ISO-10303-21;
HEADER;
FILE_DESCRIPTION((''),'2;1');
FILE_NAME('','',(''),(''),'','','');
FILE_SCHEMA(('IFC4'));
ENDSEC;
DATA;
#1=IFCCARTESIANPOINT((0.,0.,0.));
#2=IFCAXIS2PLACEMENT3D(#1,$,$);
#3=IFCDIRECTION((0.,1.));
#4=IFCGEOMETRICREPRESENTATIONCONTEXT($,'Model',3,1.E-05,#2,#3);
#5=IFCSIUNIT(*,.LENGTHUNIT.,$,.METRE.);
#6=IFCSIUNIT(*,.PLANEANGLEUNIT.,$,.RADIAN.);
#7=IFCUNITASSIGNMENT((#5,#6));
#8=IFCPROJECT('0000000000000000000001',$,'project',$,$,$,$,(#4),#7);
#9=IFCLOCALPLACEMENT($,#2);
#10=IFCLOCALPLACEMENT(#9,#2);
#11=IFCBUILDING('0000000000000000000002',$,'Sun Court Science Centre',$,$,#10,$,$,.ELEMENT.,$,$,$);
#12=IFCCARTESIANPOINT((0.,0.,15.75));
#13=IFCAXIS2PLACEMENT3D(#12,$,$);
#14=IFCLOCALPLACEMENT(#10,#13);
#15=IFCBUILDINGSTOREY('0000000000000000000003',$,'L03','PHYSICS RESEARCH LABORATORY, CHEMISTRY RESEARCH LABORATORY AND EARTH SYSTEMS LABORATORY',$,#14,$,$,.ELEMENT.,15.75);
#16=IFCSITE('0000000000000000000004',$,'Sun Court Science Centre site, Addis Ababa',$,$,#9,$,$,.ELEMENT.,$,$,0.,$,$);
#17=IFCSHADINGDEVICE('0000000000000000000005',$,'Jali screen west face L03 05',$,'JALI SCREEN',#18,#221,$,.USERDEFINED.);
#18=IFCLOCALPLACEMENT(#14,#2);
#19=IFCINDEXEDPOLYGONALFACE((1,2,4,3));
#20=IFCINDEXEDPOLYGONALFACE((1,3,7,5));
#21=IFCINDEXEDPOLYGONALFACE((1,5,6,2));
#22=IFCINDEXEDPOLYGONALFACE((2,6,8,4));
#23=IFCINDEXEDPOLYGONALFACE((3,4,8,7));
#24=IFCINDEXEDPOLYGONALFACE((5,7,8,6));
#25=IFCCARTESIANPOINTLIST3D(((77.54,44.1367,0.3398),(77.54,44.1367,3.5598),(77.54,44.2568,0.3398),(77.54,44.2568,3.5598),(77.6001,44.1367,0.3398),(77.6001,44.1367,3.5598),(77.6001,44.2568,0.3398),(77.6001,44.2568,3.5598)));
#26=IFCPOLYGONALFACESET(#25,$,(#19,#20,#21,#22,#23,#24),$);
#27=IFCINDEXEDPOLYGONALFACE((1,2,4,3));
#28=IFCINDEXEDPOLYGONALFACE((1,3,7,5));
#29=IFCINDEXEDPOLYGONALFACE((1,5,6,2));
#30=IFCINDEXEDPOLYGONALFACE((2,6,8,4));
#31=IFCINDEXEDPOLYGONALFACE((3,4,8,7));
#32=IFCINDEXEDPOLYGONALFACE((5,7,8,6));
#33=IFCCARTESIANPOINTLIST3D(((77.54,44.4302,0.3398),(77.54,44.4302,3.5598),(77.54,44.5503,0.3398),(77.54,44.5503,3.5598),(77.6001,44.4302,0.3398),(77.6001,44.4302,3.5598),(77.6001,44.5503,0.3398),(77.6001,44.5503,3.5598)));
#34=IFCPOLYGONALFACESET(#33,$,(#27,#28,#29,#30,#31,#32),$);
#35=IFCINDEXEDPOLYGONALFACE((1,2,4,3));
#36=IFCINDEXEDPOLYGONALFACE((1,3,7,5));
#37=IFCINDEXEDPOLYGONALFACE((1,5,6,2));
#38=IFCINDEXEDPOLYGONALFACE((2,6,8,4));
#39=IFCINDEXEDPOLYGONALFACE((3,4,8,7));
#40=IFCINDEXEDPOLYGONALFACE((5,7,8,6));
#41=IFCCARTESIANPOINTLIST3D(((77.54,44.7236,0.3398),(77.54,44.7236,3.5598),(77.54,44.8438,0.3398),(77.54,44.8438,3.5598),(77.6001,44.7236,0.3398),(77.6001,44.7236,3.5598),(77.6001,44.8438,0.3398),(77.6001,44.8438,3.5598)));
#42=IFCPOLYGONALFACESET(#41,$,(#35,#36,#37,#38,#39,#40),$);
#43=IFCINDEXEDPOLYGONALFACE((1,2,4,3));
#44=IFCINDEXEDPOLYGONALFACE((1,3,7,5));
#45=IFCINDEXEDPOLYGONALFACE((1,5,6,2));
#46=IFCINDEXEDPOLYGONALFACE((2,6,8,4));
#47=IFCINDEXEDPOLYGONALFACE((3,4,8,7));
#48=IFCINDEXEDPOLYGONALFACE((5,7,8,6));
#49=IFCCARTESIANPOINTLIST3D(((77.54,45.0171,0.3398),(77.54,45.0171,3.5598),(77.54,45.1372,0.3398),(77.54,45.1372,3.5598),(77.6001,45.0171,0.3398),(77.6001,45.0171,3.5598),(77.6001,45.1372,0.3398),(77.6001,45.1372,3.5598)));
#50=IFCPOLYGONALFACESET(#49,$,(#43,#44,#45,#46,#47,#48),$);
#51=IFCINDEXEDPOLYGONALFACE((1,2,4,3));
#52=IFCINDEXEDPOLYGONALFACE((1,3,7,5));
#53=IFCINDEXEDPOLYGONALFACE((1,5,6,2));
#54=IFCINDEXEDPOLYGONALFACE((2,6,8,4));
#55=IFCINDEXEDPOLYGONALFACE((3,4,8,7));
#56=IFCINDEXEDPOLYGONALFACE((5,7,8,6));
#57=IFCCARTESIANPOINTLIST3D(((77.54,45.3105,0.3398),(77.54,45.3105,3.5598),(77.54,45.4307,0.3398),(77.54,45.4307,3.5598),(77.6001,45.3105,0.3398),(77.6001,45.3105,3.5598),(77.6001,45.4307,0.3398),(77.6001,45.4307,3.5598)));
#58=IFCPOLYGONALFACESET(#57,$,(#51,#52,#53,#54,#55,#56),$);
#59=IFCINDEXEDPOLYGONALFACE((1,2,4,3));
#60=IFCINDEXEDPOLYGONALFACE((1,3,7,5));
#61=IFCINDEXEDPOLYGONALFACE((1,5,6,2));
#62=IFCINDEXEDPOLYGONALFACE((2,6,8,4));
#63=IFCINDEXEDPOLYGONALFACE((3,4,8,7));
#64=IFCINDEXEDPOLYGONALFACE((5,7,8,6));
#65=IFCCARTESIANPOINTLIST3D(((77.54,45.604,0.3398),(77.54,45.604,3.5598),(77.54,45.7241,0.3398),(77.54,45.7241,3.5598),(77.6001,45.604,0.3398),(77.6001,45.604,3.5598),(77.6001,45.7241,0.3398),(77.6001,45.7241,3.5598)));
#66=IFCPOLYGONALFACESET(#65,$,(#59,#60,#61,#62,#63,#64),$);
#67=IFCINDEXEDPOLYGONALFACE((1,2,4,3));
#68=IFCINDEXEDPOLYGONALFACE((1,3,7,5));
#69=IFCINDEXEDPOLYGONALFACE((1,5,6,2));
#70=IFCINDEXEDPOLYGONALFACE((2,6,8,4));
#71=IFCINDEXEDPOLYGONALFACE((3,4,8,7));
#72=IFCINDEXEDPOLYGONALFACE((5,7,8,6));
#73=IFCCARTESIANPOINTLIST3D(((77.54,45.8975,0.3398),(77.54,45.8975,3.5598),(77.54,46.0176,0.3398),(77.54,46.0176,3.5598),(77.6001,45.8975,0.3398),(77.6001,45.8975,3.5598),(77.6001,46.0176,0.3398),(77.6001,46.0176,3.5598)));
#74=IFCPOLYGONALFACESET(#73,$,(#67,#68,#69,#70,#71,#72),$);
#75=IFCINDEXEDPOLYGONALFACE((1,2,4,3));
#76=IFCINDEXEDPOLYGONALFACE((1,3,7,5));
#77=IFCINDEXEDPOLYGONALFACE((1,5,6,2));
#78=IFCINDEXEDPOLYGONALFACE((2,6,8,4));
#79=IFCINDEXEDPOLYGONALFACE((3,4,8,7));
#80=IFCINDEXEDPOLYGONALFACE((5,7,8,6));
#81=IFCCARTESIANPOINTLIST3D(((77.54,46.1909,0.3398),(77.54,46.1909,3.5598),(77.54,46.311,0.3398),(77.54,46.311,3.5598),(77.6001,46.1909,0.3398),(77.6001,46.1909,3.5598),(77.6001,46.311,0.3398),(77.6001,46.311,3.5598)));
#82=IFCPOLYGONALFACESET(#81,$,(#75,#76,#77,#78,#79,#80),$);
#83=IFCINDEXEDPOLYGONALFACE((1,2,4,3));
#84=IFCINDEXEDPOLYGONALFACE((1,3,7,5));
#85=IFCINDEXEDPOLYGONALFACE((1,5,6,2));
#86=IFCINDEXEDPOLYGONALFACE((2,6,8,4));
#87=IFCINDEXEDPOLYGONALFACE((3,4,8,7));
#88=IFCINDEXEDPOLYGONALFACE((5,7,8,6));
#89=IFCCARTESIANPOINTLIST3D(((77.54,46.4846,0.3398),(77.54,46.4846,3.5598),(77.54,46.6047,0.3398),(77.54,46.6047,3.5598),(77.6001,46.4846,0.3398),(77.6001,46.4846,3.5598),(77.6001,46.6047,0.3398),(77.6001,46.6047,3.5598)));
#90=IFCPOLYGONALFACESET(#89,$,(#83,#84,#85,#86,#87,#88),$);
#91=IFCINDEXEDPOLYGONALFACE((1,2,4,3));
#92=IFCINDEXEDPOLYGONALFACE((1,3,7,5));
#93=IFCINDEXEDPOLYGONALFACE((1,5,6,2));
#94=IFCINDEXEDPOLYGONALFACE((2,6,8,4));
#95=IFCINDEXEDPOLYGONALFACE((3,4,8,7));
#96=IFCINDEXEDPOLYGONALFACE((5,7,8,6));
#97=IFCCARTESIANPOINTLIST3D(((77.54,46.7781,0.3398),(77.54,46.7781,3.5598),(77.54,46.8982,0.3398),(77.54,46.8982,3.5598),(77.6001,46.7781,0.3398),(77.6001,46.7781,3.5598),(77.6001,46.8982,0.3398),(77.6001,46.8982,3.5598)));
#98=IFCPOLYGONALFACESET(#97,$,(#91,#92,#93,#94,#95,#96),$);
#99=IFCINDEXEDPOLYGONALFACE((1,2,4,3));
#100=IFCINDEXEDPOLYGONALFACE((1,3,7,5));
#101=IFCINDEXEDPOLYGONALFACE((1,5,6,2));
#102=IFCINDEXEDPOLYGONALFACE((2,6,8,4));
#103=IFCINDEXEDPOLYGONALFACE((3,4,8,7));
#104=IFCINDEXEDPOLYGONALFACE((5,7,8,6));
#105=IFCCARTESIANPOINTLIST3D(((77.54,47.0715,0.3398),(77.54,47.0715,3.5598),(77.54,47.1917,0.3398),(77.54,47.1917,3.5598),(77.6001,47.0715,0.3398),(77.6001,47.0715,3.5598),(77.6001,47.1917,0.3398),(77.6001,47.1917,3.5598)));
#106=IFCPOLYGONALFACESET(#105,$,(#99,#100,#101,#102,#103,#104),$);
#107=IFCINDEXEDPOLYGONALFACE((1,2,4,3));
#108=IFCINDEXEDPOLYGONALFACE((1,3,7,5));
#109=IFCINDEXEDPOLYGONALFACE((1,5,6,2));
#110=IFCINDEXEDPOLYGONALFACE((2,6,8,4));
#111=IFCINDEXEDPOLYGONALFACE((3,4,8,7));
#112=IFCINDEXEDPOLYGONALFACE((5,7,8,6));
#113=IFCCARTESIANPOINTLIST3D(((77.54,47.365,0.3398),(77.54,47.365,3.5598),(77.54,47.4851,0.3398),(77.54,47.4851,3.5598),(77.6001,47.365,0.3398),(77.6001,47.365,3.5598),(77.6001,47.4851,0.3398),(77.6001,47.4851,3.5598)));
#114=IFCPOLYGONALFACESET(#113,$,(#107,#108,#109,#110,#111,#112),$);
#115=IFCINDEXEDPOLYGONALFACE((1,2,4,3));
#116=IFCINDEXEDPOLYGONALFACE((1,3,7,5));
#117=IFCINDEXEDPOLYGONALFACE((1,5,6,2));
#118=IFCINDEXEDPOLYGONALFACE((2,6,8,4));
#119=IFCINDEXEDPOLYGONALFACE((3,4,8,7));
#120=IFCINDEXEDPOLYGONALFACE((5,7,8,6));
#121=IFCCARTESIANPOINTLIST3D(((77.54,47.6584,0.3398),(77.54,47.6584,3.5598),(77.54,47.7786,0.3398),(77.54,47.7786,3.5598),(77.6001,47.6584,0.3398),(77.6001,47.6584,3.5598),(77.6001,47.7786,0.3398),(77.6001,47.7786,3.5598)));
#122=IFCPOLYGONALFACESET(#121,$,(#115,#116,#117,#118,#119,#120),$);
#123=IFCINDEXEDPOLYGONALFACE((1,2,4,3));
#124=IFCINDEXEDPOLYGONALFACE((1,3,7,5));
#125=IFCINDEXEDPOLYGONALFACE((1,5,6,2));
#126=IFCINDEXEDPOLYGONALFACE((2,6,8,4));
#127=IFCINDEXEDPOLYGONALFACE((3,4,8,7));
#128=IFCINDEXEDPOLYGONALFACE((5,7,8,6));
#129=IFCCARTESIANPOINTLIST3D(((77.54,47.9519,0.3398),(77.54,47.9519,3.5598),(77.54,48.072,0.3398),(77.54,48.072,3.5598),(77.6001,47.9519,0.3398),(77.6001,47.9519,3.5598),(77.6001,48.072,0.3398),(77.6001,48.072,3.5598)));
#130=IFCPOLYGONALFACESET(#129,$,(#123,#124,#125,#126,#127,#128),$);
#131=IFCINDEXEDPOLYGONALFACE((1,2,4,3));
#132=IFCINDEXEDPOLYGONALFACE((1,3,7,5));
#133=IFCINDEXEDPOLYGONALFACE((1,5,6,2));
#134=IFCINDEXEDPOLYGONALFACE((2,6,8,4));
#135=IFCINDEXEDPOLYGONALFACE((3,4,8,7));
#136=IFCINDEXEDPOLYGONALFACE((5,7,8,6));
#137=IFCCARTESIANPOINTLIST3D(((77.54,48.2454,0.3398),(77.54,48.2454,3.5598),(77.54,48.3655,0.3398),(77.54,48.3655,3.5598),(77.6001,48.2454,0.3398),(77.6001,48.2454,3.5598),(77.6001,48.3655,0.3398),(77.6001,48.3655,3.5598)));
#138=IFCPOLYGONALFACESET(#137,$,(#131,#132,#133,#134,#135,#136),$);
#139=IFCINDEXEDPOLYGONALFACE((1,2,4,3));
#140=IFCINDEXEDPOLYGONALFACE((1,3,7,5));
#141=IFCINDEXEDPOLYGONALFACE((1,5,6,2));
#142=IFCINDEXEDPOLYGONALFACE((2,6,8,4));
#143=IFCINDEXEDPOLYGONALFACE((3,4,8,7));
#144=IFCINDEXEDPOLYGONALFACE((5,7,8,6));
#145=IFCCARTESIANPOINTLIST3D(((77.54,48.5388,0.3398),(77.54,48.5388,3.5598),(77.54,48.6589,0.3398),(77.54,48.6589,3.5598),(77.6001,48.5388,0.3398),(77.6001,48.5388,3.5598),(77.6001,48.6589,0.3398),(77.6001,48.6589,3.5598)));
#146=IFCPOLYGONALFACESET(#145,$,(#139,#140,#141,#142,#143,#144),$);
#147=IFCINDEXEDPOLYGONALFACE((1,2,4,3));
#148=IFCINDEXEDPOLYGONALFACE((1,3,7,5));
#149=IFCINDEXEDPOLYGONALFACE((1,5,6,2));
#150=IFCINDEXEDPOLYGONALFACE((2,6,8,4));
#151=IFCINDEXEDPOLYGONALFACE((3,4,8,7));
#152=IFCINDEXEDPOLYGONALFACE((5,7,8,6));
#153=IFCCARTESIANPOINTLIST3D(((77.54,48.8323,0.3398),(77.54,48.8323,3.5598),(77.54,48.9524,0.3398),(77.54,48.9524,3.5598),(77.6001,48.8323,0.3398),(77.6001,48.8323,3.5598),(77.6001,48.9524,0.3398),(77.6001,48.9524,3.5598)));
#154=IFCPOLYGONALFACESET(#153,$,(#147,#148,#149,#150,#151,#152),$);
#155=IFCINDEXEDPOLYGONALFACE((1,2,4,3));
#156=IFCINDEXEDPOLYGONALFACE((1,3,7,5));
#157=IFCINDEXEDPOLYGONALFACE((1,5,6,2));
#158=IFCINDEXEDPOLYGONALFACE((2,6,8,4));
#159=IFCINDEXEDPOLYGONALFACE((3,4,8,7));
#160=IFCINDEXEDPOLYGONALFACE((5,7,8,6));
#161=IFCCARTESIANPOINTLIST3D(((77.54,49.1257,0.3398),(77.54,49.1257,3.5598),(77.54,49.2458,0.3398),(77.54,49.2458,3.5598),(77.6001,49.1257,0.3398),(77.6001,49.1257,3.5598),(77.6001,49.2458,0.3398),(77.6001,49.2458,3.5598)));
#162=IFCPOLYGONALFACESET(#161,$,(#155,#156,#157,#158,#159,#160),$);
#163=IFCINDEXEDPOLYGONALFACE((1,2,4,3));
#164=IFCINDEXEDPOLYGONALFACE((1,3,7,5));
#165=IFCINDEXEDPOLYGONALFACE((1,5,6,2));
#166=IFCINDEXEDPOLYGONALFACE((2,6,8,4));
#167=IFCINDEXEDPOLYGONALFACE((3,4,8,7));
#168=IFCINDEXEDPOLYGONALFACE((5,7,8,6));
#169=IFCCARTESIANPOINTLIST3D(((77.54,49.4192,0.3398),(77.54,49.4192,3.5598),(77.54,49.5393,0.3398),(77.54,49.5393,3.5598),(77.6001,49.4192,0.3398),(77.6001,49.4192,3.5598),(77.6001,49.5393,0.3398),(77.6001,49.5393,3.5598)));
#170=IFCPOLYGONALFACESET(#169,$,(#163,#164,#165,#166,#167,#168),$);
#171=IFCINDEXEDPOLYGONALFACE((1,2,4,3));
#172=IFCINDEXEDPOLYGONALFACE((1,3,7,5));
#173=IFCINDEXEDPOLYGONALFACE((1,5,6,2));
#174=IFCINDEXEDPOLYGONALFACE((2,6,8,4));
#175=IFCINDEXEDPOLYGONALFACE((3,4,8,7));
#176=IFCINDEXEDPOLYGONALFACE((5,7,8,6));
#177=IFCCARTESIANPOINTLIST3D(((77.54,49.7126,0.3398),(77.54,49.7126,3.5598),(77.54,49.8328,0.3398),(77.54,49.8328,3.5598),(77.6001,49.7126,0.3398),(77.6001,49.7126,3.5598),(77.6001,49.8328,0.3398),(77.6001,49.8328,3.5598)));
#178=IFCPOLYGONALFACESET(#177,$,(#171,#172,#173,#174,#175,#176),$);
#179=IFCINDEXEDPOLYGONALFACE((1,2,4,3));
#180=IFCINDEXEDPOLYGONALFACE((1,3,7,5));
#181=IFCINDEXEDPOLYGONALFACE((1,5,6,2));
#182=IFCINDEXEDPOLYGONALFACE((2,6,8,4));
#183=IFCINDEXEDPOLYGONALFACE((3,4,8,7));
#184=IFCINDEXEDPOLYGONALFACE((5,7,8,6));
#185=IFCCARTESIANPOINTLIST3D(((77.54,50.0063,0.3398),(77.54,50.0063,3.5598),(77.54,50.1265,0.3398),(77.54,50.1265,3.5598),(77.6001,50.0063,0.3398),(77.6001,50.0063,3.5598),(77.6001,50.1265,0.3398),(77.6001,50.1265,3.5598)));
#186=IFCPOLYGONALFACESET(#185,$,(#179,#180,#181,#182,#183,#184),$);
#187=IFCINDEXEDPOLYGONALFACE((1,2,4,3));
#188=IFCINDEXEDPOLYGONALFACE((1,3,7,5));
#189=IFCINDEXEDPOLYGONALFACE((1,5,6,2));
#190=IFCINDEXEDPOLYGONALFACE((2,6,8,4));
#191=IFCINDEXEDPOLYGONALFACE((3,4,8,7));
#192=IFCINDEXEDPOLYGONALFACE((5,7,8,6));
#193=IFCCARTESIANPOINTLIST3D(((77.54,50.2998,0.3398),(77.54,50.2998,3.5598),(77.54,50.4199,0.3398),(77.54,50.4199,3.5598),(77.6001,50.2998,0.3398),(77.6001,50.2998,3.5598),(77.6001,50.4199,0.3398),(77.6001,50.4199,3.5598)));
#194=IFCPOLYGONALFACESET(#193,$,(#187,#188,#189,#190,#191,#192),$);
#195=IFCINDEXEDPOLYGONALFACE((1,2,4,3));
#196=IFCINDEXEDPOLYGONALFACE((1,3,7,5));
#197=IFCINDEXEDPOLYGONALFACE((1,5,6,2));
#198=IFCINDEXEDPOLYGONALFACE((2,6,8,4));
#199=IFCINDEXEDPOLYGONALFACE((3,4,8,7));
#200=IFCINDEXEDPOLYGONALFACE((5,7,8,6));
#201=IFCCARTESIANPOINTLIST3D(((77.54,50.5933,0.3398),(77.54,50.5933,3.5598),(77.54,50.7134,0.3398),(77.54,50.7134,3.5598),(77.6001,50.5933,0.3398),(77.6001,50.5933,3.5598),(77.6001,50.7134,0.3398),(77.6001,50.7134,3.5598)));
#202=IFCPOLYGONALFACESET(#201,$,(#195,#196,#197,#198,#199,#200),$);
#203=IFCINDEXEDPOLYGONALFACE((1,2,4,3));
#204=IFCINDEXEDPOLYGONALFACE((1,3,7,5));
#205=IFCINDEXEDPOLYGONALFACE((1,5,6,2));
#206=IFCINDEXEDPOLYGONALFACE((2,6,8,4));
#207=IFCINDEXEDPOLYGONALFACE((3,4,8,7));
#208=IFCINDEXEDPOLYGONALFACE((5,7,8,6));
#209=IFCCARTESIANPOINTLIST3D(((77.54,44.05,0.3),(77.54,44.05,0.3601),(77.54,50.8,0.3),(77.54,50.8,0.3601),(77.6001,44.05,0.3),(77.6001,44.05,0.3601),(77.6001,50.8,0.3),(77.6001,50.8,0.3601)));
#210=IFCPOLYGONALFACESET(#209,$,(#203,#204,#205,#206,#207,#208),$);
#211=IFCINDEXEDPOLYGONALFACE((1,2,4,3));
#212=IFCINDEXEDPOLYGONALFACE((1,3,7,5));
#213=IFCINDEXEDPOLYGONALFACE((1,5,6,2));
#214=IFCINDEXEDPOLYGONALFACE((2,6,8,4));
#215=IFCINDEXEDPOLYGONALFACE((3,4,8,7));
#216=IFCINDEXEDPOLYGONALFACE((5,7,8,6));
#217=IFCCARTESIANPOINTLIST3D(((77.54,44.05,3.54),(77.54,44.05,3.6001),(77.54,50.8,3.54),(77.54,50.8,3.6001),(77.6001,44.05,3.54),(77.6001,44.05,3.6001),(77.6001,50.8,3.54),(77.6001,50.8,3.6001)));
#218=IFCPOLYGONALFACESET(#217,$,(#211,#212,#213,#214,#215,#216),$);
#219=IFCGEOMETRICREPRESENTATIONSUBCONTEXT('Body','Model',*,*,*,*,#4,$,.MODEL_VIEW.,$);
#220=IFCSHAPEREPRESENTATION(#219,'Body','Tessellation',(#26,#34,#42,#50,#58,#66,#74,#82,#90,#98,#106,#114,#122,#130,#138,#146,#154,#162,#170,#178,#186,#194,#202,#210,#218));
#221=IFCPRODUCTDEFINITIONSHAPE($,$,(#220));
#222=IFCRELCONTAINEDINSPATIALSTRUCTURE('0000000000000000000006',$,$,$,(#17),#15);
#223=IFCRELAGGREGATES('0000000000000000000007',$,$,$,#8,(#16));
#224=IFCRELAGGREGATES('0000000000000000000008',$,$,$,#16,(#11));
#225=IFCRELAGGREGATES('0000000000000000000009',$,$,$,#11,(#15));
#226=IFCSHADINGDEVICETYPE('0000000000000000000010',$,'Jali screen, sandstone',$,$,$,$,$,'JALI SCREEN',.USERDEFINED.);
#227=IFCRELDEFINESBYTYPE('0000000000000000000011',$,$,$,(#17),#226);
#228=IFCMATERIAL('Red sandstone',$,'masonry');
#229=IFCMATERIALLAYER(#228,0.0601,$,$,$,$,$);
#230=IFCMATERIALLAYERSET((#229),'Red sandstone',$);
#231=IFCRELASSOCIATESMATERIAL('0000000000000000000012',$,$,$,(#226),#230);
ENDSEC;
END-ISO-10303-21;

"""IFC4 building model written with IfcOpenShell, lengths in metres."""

from ifc_helpers import new_model, si_unit, direction, frame, origin, origin_2d, place, context, subcontext, project, spatial, rectangle, extrude, material, layer, layer_set, type_object, element, save


model = new_model("IFC4")

# Units and contexts
model_context = context("Model", 3, precision=1e-05, world=origin(), true_north=direction((0.0, 1.0)))
body_context = subcontext(model_context, "Body", "Model", "MODEL_VIEW")
ifc_project = project(units=[si_unit("LENGTHUNIT", "METRE"), si_unit("PLANEANGLEUNIT", "RADIAN")], contexts=[model_context])

# Site, building, storey
site_placement = place(None, origin())
site = spatial("IfcSite", under=ifc_project, at=site_placement, Name="Sun Court Science Centre site, Addis Ababa", CompositionType="ELEMENT", RefElevation=0.0)
building_placement = place(site_placement, origin())
building = spatial("IfcBuilding", under=site, at=building_placement, Name="Sun Court Science Centre", CompositionType="ELEMENT")
storey_placement = place(building_placement, frame((0.0, 0.0, 15.75)))
storey = spatial("IfcBuildingStorey", under=building, at=storey_placement, Name="L03", Description="PHYSICS RESEARCH LABORATORY, CHEMISTRY RESEARCH LABORATORY AND EARTH SYSTEMS LABORATORY", CompositionType="ELEMENT", Elevation=15.75)

# Shading device
ifc_material_1 = material(Name="Red sandstone", Category="masonry")
ifc_layer_1 = layer(ifc_material_1, 0.0601)
ifc_layer_set_1 = layer_set([ifc_layer_1], Name="Red sandstone")
shading_device_type = type_object("IfcShadingDeviceType", Name="Jali screen, sandstone", ElementType="JALI SCREEN", PredefinedType="USERDEFINED", material=ifc_layer_set_1)
shading_device_1_placement = place(storey_placement, frame((0.0, 0.0, -15.75)))
element("IfcShadingDevice", 1, at=shading_device_1_placement, inside=storey, type_object=shading_device_type, Name="Jali screen west face L03 05", ObjectType="JALI SCREEN", PredefinedType="USERDEFINED", context=body_context, shape_type="SweptSolid", body=[
    extrude(rectangle(XDim=0.1201, YDim=0.0601, at=origin_2d()), frame((77.5701, 44.1968, 16.0898), z_axis=(0.0, 0.0, 1.0), x_axis=(0.0, 1.0, 0.0)), (0.0, 0.0, 1.0), 3.22),
    extrude(rectangle(XDim=0.1201, YDim=0.0601, at=origin_2d()), frame((77.5701, 44.4902, 16.0898), z_axis=(0.0, 0.0, 1.0), x_axis=(0.0, 1.0, 0.0)), (0.0, 0.0, 1.0), 3.22),
    extrude(rectangle(XDim=0.1201, YDim=0.0601, at=origin_2d()), frame((77.5701, 44.7837, 16.0898), z_axis=(0.0, 0.0, 1.0), x_axis=(0.0, 1.0, 0.0)), (0.0, 0.0, 1.0), 3.22),
    extrude(rectangle(XDim=0.1201, YDim=0.0601, at=origin_2d()), frame((77.5701, 45.0771, 16.0898), z_axis=(0.0, 0.0, 1.0), x_axis=(0.0, 1.0, 0.0)), (0.0, 0.0, 1.0), 3.22),
    extrude(rectangle(XDim=0.1201, YDim=0.0601, at=origin_2d()), frame((77.5701, 45.3706, 16.0898), z_axis=(0.0, 0.0, 1.0), x_axis=(0.0, 1.0, 0.0)), (0.0, 0.0, 1.0), 3.22),
    extrude(rectangle(XDim=0.1201, YDim=0.0601, at=origin_2d()), frame((77.5701, 45.6641, 16.0898), z_axis=(0.0, 0.0, 1.0), x_axis=(0.0, 1.0, 0.0)), (0.0, 0.0, 1.0), 3.22),
    extrude(rectangle(XDim=0.1201, YDim=0.0601, at=origin_2d()), frame((77.5701, 45.9575, 16.0898), z_axis=(0.0, 0.0, 1.0), x_axis=(0.0, 1.0, 0.0)), (0.0, 0.0, 1.0), 3.22),
    extrude(rectangle(XDim=0.1201, YDim=0.0601, at=origin_2d()), frame((77.5701, 46.251, 16.0898), z_axis=(0.0, 0.0, 1.0), x_axis=(0.0, 1.0, 0.0)), (0.0, 0.0, 1.0), 3.22),
    extrude(rectangle(XDim=0.1201, YDim=0.0601, at=origin_2d()), frame((77.5701, 46.5447, 16.0898), z_axis=(0.0, 0.0, 1.0), x_axis=(0.0, 1.0, 0.0)), (0.0, 0.0, 1.0), 3.22),
    extrude(rectangle(XDim=0.1201, YDim=0.0601, at=origin_2d()), frame((77.5701, 46.8381, 16.0898), z_axis=(0.0, 0.0, 1.0), x_axis=(0.0, 1.0, 0.0)), (0.0, 0.0, 1.0), 3.22),
    extrude(rectangle(XDim=0.1201, YDim=0.0601, at=origin_2d()), frame((77.5701, 47.1316, 16.0898), z_axis=(0.0, 0.0, 1.0), x_axis=(0.0, 1.0, 0.0)), (0.0, 0.0, 1.0), 3.22),
    extrude(rectangle(XDim=0.1201, YDim=0.0601, at=origin_2d()), frame((77.5701, 47.425, 16.0898), z_axis=(0.0, 0.0, 1.0), x_axis=(0.0, 1.0, 0.0)), (0.0, 0.0, 1.0), 3.22),
    extrude(rectangle(XDim=0.1201, YDim=0.0601, at=origin_2d()), frame((77.5701, 47.7185, 16.0898), z_axis=(0.0, 0.0, 1.0), x_axis=(0.0, 1.0, 0.0)), (0.0, 0.0, 1.0), 3.22),
    extrude(rectangle(XDim=0.1201, YDim=0.0601, at=origin_2d()), frame((77.5701, 48.012, 16.0898), z_axis=(0.0, 0.0, 1.0), x_axis=(0.0, 1.0, 0.0)), (0.0, 0.0, 1.0), 3.22),
    extrude(rectangle(XDim=0.1201, YDim=0.0601, at=origin_2d()), frame((77.5701, 48.3054, 16.0898), z_axis=(0.0, 0.0, 1.0), x_axis=(0.0, 1.0, 0.0)), (0.0, 0.0, 1.0), 3.22),
    extrude(rectangle(XDim=0.1201, YDim=0.0601, at=origin_2d()), frame((77.5701, 48.5989, 16.0898), z_axis=(0.0, 0.0, 1.0), x_axis=(0.0, 1.0, 0.0)), (0.0, 0.0, 1.0), 3.22),
    extrude(rectangle(XDim=0.1201, YDim=0.0601, at=origin_2d()), frame((77.5701, 48.8923, 16.0898), z_axis=(0.0, 0.0, 1.0), x_axis=(0.0, 1.0, 0.0)), (0.0, 0.0, 1.0), 3.22),
    extrude(rectangle(XDim=0.1201, YDim=0.0601, at=origin_2d()), frame((77.5701, 49.1858, 16.0898), z_axis=(0.0, 0.0, 1.0), x_axis=(0.0, 1.0, 0.0)), (0.0, 0.0, 1.0), 3.22),
    extrude(rectangle(XDim=0.1201, YDim=0.0601, at=origin_2d()), frame((77.5701, 49.4792, 16.0898), z_axis=(0.0, 0.0, 1.0), x_axis=(0.0, 1.0, 0.0)), (0.0, 0.0, 1.0), 3.22),
    extrude(rectangle(XDim=0.1201, YDim=0.0601, at=origin_2d()), frame((77.5701, 49.7727, 16.0898), z_axis=(0.0, 0.0, 1.0), x_axis=(0.0, 1.0, 0.0)), (0.0, 0.0, 1.0), 3.22),
    extrude(rectangle(XDim=0.1201, YDim=0.0601, at=origin_2d()), frame((77.5701, 50.0664, 16.0898), z_axis=(0.0, 0.0, 1.0), x_axis=(0.0, 1.0, 0.0)), (0.0, 0.0, 1.0), 3.22),
    extrude(rectangle(XDim=0.1201, YDim=0.0601, at=origin_2d()), frame((77.5701, 50.3599, 16.0898), z_axis=(0.0, 0.0, 1.0), x_axis=(0.0, 1.0, 0.0)), (0.0, 0.0, 1.0), 3.22),
    extrude(rectangle(XDim=0.1201, YDim=0.0601, at=origin_2d()), frame((77.5701, 50.6533, 16.0898), z_axis=(0.0, 0.0, 1.0), x_axis=(0.0, 1.0, 0.0)), (0.0, 0.0, 1.0), 3.22),
    extrude(rectangle(XDim=6.75, YDim=0.0601, at=origin_2d()), frame((77.5701, 47.425, 16.05), z_axis=(0.0, 0.0, 1.0), x_axis=(0.0, 1.0, 0.0)), (0.0, 0.0, 1.0), 0.0601),
    extrude(rectangle(XDim=6.75, YDim=0.0601, at=origin_2d()), frame((77.5701, 47.425, 19.29), z_axis=(0.0, 0.0, 1.0), x_axis=(0.0, 1.0, 0.0)), (0.0, 0.0, 1.0), 0.0601),
])

save(model, "model.ifc")
